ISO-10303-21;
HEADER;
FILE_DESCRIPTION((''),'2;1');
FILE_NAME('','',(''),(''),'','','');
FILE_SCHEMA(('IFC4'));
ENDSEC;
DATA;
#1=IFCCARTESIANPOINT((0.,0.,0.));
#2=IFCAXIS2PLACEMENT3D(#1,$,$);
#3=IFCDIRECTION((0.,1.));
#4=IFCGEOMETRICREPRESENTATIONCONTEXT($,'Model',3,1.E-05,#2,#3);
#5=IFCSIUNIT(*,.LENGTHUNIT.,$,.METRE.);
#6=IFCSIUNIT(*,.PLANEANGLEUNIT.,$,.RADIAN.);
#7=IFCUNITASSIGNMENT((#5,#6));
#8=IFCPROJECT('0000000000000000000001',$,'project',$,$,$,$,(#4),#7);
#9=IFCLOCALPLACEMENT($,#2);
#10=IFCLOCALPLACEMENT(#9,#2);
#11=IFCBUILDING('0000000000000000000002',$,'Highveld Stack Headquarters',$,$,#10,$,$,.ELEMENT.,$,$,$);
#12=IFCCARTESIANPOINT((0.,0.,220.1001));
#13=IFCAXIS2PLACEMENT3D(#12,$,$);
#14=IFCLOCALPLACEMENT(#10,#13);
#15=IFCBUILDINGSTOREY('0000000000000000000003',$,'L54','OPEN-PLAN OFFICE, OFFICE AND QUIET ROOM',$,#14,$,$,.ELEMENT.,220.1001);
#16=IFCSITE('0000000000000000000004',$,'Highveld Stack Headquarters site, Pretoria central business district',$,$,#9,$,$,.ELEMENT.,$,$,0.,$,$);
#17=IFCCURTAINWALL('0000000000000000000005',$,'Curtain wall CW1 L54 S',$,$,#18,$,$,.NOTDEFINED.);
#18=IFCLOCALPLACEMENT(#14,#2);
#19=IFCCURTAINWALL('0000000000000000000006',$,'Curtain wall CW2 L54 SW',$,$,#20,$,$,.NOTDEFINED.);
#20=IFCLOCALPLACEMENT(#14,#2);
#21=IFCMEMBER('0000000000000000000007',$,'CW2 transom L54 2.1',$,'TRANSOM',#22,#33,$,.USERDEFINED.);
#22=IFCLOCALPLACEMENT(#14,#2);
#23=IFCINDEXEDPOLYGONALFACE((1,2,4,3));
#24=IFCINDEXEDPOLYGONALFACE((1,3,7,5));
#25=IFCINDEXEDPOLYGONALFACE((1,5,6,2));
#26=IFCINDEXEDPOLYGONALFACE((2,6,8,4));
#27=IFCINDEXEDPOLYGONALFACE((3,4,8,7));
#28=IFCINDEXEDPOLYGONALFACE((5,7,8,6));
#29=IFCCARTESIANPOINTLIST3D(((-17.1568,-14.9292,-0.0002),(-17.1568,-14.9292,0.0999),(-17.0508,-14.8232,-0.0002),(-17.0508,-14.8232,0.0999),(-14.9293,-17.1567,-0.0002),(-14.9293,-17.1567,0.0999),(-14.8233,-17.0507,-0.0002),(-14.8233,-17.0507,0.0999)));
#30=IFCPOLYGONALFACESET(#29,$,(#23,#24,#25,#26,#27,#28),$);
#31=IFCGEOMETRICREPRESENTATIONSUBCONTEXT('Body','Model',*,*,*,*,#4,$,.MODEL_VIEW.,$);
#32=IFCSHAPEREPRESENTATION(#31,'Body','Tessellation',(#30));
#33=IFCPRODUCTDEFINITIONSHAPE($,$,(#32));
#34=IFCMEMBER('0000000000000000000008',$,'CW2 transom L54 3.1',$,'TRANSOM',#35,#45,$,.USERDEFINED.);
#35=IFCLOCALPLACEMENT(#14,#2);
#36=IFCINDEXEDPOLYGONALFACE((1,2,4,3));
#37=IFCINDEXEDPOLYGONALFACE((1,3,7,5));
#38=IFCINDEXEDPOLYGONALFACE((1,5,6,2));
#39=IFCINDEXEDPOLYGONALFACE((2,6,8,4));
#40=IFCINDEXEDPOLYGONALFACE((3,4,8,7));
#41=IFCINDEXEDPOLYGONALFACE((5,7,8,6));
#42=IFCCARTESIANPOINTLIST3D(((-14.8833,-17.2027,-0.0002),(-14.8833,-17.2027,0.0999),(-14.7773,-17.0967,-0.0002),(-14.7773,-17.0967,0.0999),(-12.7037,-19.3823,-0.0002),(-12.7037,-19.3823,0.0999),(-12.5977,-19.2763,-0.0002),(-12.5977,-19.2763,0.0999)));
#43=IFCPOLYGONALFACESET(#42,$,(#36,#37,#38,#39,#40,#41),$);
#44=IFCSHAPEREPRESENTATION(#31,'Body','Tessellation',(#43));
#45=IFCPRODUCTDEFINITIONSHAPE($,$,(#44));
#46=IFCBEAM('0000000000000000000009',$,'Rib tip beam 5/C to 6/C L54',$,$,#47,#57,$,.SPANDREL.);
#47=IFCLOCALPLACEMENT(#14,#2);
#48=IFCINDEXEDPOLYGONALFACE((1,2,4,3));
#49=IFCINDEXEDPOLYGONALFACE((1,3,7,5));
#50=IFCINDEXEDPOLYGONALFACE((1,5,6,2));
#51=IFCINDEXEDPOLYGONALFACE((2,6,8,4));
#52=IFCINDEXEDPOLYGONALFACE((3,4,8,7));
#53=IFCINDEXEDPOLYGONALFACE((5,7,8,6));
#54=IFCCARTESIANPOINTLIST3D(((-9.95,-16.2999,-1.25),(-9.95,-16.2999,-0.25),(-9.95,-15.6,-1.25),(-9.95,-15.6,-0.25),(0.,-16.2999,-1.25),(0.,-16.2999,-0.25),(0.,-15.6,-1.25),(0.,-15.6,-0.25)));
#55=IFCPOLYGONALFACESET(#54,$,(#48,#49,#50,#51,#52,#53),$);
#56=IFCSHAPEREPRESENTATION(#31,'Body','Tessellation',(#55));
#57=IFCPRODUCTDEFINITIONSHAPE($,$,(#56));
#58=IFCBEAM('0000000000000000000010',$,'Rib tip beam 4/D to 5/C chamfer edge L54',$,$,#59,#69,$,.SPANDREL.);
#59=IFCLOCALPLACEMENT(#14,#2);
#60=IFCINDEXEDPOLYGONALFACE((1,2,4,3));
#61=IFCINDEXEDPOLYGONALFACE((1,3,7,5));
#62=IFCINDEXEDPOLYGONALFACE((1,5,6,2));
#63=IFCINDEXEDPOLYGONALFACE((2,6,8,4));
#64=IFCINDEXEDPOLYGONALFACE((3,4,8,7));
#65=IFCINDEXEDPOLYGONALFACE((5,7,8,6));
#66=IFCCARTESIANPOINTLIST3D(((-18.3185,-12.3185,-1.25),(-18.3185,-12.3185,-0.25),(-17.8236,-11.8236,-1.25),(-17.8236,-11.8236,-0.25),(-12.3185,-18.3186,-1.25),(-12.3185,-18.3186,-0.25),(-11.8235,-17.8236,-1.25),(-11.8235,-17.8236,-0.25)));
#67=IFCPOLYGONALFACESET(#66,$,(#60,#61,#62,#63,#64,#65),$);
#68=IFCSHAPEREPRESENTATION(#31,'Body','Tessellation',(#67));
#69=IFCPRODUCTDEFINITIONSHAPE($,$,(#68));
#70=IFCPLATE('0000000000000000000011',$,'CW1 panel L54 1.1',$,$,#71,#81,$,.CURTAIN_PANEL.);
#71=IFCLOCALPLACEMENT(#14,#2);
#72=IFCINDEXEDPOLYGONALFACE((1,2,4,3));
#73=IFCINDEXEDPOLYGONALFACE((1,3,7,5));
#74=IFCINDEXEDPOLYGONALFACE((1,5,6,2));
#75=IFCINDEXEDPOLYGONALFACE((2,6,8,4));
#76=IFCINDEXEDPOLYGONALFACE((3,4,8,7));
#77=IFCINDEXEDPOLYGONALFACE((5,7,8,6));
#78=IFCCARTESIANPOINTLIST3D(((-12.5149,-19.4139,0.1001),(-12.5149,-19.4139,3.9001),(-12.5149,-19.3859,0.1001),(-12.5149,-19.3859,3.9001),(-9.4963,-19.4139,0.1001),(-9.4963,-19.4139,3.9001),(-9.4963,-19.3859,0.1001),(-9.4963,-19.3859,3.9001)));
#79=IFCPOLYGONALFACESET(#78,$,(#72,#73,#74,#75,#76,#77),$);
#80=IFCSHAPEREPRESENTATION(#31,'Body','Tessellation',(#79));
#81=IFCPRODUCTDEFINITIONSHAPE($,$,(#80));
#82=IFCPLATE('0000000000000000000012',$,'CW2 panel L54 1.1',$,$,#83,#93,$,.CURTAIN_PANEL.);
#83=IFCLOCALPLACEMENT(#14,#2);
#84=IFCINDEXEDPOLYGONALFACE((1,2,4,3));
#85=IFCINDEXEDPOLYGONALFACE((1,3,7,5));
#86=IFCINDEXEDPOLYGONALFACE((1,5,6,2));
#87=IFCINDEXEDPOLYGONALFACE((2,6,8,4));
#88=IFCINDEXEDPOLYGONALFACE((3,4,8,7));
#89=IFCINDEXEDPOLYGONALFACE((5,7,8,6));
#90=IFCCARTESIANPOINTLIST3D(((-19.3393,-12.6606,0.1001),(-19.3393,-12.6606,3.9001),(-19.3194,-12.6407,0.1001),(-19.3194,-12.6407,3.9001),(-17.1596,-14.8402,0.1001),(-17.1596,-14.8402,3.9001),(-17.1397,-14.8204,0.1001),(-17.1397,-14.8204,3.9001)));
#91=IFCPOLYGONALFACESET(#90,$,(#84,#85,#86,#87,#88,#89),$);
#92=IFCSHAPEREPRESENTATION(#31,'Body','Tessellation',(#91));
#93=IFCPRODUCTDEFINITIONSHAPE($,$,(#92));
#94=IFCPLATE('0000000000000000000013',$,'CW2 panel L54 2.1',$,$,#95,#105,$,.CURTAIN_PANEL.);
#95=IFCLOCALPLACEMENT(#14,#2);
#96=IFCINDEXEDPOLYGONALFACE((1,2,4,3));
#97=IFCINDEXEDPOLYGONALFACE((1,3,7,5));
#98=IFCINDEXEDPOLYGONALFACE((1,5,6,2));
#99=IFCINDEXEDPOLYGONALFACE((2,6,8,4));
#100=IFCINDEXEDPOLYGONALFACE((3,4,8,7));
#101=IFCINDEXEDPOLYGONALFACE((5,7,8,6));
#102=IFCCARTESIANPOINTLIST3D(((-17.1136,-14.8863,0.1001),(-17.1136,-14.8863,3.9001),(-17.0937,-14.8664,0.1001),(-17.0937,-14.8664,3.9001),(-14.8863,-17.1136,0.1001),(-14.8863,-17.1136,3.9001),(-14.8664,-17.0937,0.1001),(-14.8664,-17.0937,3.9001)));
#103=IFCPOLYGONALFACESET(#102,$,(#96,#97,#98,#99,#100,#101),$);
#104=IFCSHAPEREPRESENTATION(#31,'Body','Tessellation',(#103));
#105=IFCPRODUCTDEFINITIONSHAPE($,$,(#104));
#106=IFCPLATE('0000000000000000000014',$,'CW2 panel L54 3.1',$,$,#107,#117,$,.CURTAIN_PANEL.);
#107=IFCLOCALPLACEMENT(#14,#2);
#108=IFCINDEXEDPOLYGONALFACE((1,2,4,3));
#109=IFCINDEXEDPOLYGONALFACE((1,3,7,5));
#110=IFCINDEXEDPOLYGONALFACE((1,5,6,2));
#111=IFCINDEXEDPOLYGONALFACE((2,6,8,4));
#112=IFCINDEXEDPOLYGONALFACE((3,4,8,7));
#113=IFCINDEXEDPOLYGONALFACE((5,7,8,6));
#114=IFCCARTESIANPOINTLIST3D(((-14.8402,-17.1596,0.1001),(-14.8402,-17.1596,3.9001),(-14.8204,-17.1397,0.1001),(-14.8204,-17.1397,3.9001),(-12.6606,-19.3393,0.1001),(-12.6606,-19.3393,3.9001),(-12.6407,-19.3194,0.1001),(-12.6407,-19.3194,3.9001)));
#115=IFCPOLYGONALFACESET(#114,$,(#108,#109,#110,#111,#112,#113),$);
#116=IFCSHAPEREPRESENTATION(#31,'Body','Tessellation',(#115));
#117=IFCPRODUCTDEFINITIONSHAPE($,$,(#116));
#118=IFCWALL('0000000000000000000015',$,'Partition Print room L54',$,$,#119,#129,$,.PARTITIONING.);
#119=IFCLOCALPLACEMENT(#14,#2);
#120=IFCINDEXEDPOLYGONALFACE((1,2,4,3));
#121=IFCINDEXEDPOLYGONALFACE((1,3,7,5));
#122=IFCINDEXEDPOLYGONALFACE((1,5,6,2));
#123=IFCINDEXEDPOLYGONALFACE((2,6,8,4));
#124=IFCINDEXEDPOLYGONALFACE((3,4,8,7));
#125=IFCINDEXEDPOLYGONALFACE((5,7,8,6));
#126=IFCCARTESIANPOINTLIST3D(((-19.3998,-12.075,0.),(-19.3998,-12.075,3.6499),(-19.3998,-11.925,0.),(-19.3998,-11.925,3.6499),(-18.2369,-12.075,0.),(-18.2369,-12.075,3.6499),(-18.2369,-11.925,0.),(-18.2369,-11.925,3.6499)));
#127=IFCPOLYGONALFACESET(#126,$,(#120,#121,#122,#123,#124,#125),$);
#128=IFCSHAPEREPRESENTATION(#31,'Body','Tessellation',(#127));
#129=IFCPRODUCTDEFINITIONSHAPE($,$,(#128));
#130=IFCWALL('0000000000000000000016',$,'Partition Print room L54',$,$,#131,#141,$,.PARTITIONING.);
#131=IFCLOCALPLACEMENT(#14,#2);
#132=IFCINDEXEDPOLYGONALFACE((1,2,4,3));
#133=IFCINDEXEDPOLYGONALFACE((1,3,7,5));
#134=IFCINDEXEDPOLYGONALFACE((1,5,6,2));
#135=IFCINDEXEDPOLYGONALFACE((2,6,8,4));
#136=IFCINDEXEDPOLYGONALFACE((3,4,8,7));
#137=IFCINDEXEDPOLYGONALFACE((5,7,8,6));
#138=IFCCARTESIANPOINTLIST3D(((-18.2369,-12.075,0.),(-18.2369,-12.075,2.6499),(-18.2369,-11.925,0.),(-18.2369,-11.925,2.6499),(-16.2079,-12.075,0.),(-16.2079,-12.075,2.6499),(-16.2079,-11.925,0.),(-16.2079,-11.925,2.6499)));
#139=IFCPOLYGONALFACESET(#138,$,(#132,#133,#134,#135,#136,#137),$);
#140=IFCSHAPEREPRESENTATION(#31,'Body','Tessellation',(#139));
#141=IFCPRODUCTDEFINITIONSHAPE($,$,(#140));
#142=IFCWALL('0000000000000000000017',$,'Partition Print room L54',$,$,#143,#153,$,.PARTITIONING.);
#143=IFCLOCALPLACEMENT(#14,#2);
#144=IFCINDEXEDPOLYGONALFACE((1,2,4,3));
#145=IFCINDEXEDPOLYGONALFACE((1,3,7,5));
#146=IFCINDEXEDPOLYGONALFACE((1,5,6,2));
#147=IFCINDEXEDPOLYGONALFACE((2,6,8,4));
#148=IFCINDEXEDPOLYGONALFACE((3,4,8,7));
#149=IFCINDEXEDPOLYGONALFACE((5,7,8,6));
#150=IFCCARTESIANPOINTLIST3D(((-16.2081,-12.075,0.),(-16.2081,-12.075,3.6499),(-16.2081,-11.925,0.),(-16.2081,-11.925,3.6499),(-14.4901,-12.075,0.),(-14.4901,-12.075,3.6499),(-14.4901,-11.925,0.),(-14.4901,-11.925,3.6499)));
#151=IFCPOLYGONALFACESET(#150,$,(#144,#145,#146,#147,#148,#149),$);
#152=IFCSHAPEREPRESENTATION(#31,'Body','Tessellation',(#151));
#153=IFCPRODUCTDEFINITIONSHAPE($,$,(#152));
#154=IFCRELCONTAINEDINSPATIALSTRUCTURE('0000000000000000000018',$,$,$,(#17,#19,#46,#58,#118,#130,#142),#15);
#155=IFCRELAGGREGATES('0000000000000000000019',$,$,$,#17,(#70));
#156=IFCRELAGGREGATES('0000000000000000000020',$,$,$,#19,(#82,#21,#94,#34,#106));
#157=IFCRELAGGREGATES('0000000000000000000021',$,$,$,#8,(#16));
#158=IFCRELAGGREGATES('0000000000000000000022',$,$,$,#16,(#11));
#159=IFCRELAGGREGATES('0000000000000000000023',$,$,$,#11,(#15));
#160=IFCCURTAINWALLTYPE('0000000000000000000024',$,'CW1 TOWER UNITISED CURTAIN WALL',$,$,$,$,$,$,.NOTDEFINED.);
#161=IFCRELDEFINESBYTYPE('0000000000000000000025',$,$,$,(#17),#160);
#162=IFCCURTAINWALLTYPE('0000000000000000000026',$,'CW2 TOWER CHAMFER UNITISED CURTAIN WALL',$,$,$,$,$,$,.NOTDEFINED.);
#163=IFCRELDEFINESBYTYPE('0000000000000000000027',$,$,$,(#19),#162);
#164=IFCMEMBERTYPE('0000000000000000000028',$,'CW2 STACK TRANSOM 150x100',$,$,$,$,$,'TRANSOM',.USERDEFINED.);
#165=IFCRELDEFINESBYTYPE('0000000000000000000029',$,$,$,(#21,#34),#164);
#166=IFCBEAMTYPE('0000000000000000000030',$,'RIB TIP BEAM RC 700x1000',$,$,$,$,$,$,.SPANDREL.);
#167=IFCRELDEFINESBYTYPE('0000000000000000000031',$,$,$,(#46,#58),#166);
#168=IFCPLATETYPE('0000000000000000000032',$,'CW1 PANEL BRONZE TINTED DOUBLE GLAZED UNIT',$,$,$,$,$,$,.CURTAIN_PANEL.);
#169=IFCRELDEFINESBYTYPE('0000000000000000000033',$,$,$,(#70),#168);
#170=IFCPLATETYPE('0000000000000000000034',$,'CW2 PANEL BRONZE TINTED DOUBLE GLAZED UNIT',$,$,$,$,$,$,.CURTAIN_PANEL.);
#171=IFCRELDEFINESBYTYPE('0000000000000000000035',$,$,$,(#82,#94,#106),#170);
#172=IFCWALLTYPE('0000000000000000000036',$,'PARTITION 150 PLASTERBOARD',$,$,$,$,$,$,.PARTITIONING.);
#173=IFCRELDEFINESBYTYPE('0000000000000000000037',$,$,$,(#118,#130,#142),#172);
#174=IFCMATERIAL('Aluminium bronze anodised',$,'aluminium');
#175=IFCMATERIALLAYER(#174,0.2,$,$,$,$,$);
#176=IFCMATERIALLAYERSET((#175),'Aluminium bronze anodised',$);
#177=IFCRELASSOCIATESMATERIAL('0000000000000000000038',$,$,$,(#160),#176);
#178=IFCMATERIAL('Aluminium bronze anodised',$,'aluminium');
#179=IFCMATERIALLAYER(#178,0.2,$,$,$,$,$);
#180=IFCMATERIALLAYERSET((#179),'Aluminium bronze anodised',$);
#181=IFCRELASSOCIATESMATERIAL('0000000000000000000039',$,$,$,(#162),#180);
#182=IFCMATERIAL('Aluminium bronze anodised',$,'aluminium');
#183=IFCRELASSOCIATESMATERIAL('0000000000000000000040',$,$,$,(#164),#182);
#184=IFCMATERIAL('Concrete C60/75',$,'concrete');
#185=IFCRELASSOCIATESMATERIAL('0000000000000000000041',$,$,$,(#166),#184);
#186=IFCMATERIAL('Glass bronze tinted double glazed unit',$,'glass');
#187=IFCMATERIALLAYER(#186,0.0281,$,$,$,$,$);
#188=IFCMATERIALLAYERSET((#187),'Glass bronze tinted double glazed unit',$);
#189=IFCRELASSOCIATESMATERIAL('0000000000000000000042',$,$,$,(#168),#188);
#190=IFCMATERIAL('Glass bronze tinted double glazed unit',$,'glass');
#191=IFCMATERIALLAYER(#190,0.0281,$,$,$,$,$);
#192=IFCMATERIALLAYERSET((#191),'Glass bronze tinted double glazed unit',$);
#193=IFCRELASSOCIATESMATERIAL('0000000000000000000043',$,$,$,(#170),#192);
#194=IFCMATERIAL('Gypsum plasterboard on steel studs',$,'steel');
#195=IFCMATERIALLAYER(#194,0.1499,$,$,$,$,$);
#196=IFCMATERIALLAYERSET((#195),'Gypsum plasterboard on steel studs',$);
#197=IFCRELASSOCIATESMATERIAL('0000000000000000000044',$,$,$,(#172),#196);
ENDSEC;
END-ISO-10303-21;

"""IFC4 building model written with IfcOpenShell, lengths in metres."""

from ifc_helpers import new_model, si_unit, direction, frame, frame_2d, origin, origin_2d, place, context, subcontext, project, spatial, rectangle, extrude, material, layer, layer_set, material_profile, profile_set, type_object, element, aggregate, save


model = new_model("IFC4")

# Units and contexts
model_context = context("Model", 3, precision=1e-05, world=origin(), true_north=direction((0.0, 1.0)))
body_context = subcontext(model_context, "Body", "Model", "MODEL_VIEW")
ifc_project = project(units=[si_unit("LENGTHUNIT", "METRE"), si_unit("PLANEANGLEUNIT", "RADIAN")], contexts=[model_context])

# Site, building, storey
site_placement = place(None, origin())
site = spatial("IfcSite", under=ifc_project, at=site_placement, Name="Highveld Stack Headquarters site, Pretoria central business district", CompositionType="ELEMENT", RefElevation=0.0)
building_placement = place(site_placement, origin())
building = spatial("IfcBuilding", under=site, at=building_placement, Name="Highveld Stack Headquarters", CompositionType="ELEMENT")
storey_placement = place(building_placement, frame((0.0, 0.0, 220.1001)))
storey = spatial("IfcBuildingStorey", under=building, at=storey_placement, Name="L54", Description="OPEN-PLAN OFFICE, OFFICE AND QUIET ROOM", CompositionType="ELEMENT", Elevation=220.1001)

# Curtain wall
ifc_material_1 = material(Name="Aluminium bronze anodised", Category="aluminium")
ifc_layer_1 = layer(ifc_material_1, 0.2)
ifc_layer_set_1 = layer_set([ifc_layer_1], Name="Aluminium bronze anodised")
curtain_wall_type_1 = type_object("IfcCurtainWallType", Name="CW1 TOWER UNITISED CURTAIN WALL", PredefinedType="NOTDEFINED", material=ifc_layer_set_1)
curtain_wall_1_placement = place(storey_placement, origin())
curtain_wall_1 = element("IfcCurtainWall", 1, at=curtain_wall_1_placement, inside=storey, type_object=curtain_wall_type_1, Name="Curtain wall CW1 L54 S", PredefinedType="NOTDEFINED")

# Curtain wall, members
ifc_material_2 = material(Name="Aluminium bronze anodised", Category="aluminium")
ifc_layer_2 = layer(ifc_material_2, 0.2)
ifc_layer_set_2 = layer_set([ifc_layer_2], Name="Aluminium bronze anodised")
curtain_wall_type_2 = type_object("IfcCurtainWallType", Name="CW2 TOWER CHAMFER UNITISED CURTAIN WALL", PredefinedType="NOTDEFINED", material=ifc_layer_set_2)
curtain_wall_2_placement = place(storey_placement, origin())
curtain_wall_2 = element("IfcCurtainWall", 2, at=curtain_wall_2_placement, inside=storey, type_object=curtain_wall_type_2, Name="Curtain wall CW2 L54 SW", PredefinedType="NOTDEFINED")
ifc_material_3 = material(Name="Aluminium bronze anodised", Category="aluminium")
ifc_material_profile_1 = material_profile(ifc_material_3, rectangle(XDim=0.1499, YDim=0.1001, at=origin_2d()), Name="CW2 TRANSOM 150x100")
ifc_profile_set_1 = profile_set([ifc_material_profile_1], Name="Aluminium bronze anodised")
member_type_1 = type_object("IfcMemberType", Name="CW2 STACK TRANSOM 150x100", ElementType="TRANSOM", PredefinedType="USERDEFINED", material=ifc_profile_set_1)
member_1_placement = place(storey_placement, frame((-17.1038, -14.8762, 0.0498), z_axis=(0.707107, -0.707107, 0.0), x_axis=(0.707107, 0.707107, 0.0)))
member_1 = element("IfcMember", 3, at=member_1_placement, type_object=member_type_1, Name="CW2 transom L54 2.1", ObjectType="TRANSOM", PredefinedType="USERDEFINED", context=body_context, shape_type="SweptSolid", body=[
    extrude(rectangle(XDim=0.1499, YDim=0.1001, at=origin_2d()), origin(), (0.0, 0.0, 1.0), 3.1501),
])
member_2_placement = place(storey_placement, frame((-14.8303, -17.1497, 0.0498), z_axis=(0.707107, -0.707107, 0.0), x_axis=(0.707107, 0.707107, 0.0)))
member_2 = element("IfcMember", 4, at=member_2_placement, type_object=member_type_1, Name="CW2 transom L54 3.1", ObjectType="TRANSOM", PredefinedType="USERDEFINED", context=body_context, shape_type="SweptSolid", body=[
    extrude(rectangle(XDim=0.1499, YDim=0.1001, at=origin_2d()), origin(), (0.0, 0.0, 1.0), 3.0825),
])

# Beams
ifc_material_4 = material(Name="Concrete C60/75", Category="concrete")
ifc_material_profile_2 = material_profile(ifc_material_4, rectangle(XDim=0.7, YDim=1.0, at=origin_2d()), Name="RC 700x1000")
ifc_profile_set_2 = profile_set([ifc_material_profile_2], Name="Concrete C60/75")
beam_type = type_object("IfcBeamType", Name="RIB TIP BEAM RC 700x1000", PredefinedType="SPANDREL", material=ifc_profile_set_2)
beam_1_placement = place(storey_placement, frame((-9.95, -15.95, -0.75), z_axis=(1.0, 0.0, 0.0), x_axis=(0.0, 1.0, 0.0)))
element("IfcBeam", 5, at=beam_1_placement, inside=storey, type_object=beam_type, Name="Rib tip beam 5/C to 6/C L54", PredefinedType="SPANDREL", context=body_context, shape_type="SweptSolid", body=[
    extrude(rectangle(XDim=0.7, YDim=1.0, at=origin_2d()), origin(), (0.0, 0.0, 1.0), 9.95),
])
beam_2_placement = place(storey_placement, frame((-18.071, -12.071, -0.75), z_axis=(0.707107, -0.707107, 0.0), x_axis=(0.707107, 0.707107, 0.0)))
element("IfcBeam", 6, at=beam_2_placement, inside=storey, type_object=beam_type, Name="Rib tip beam 4/D to 5/C chamfer edge L54", PredefinedType="SPANDREL", context=body_context, shape_type="SweptSolid", body=[
    extrude(rectangle(XDim=0.7, YDim=1.0, at=origin_2d()), origin(), (0.0, 0.0, 1.0), 8.4854),
])

# Plates
ifc_material_5 = material(Name="Glass bronze tinted double glazed unit", Category="glass")
ifc_layer_3 = layer(ifc_material_5, 0.0281)
ifc_layer_set_3 = layer_set([ifc_layer_3], Name="Glass bronze tinted double glazed unit")
plate_type_1 = type_object("IfcPlateType", Name="CW1 PANEL BRONZE TINTED DOUBLE GLAZED UNIT", PredefinedType="CURTAIN_PANEL", material=ifc_layer_set_3)
plate_1_placement = place(storey_placement, frame((-11.0056, -19.3999, 0.1001), z_axis=(0.0, 0.0, 1.0), x_axis=(1.0, 0.0, 0.0)))
plate_1 = element("IfcPlate", 7, at=plate_1_placement, type_object=plate_type_1, Name="CW1 panel L54 1.1", PredefinedType="CURTAIN_PANEL", context=body_context, shape_type="SweptSolid", body=[
    extrude(rectangle(XDim=3.0186, YDim=0.0281, at=origin_2d()), origin(), (0.0, 0.0, 1.0), 3.8),
])
aggregate(curtain_wall_1, [plate_1])
ifc_material_6 = material(Name="Glass bronze tinted double glazed unit", Category="glass")
ifc_layer_4 = layer(ifc_material_6, 0.0281)
ifc_layer_set_4 = layer_set([ifc_layer_4], Name="Glass bronze tinted double glazed unit")
plate_type_2 = type_object("IfcPlateType", Name="CW2 PANEL BRONZE TINTED DOUBLE GLAZED UNIT", PredefinedType="CURTAIN_PANEL", material=ifc_layer_set_4)
plate_2_placement = place(storey_placement, frame((-18.2395, -13.7405, 0.1001), z_axis=(0.0, 0.0, 1.0), x_axis=(0.707107, -0.707107, 0.0)))
plate_2 = element("IfcPlate", 8, at=plate_2_placement, type_object=plate_type_2, Name="CW2 panel L54 1.1", PredefinedType="CURTAIN_PANEL", context=body_context, shape_type="SweptSolid", body=[
    extrude(rectangle(XDim=3.0825, YDim=0.0281, at=origin_2d()), origin(), (0.0, 0.0, 1.0), 3.8),
])
plate_3_placement = place(storey_placement, frame((-15.99, -15.99, 0.1001), z_axis=(0.0, 0.0, 1.0), x_axis=(0.707107, -0.707107, 0.0)))
plate_3 = element("IfcPlate", 9, at=plate_3_placement, type_object=plate_type_2, Name="CW2 panel L54 2.1", PredefinedType="CURTAIN_PANEL", context=body_context, shape_type="SweptSolid", body=[
    extrude(rectangle(XDim=3.1499, YDim=0.0281, at=origin_2d()), origin(), (0.0, 0.0, 1.0), 3.8),
])
plate_4_placement = place(storey_placement, frame((-13.7405, -18.2395, 0.1001), z_axis=(0.0, 0.0, 1.0), x_axis=(0.707107, -0.707107, 0.0)))
plate_4 = element("IfcPlate", 10, at=plate_4_placement, type_object=plate_type_2, Name="CW2 panel L54 3.1", PredefinedType="CURTAIN_PANEL", context=body_context, shape_type="SweptSolid", body=[
    extrude(rectangle(XDim=3.0825, YDim=0.0281, at=origin_2d()), origin(), (0.0, 0.0, 1.0), 3.8),
])
aggregate(curtain_wall_2, [plate_2, member_1, plate_3, member_2, plate_4])

# Walls
ifc_material_7 = material(Name="Gypsum plasterboard on steel studs", Category="steel")
ifc_layer_5 = layer(ifc_material_7, 0.1499)
ifc_layer_set_5 = layer_set([ifc_layer_5], Name="Gypsum plasterboard on steel studs")
wall_type = type_object("IfcWallType", Name="PARTITION 150 PLASTERBOARD", PredefinedType="PARTITIONING", material=ifc_layer_set_5)
wall_1_placement = place(storey_placement, frame((-19.3999, -12.0, 0.0), z_axis=(0.0, 0.0, 1.0), x_axis=(1.0, 0.0, 0.0)))
element("IfcWall", 11, at=wall_1_placement, inside=storey, type_object=wall_type, Name="Partition Print room L54", PredefinedType="PARTITIONING", context=body_context, shape_type="SweptSolid", body=[
    extrude(rectangle(XDim=1.1628, YDim=0.1499, at=frame_2d((0.5815, 0.0))), origin(), (0.0, 0.0, 1.0), 3.6499),
])
wall_2_placement = place(storey_placement, frame((-18.2371, -12.0, 0.0), z_axis=(0.0, 0.0, 1.0), x_axis=(1.0, 0.0, 0.0)))
element("IfcWall", 12, at=wall_2_placement, inside=storey, type_object=wall_type, Name="Partition Print room L54", PredefinedType="PARTITIONING", context=body_context, shape_type="SweptSolid", body=[
    extrude(rectangle(XDim=2.0291, YDim=0.1499, at=frame_2d((1.0146, 0.0))), origin(), (0.0, 0.0, 1.0), 2.6499),
])
wall_3_placement = place(storey_placement, frame((-16.208, -12.0, 0.0), z_axis=(0.0, 0.0, 1.0), x_axis=(1.0, 0.0, 0.0)))
element("IfcWall", 13, at=wall_3_placement, inside=storey, type_object=wall_type, Name="Partition Print room L54", PredefinedType="PARTITIONING", context=body_context, shape_type="SweptSolid", body=[
    extrude(rectangle(XDim=1.718, YDim=0.1499, at=frame_2d((0.8589, 0.0))), origin(), (0.0, 0.0, 1.0), 3.6499),
])

save(model, "model.ifc")
